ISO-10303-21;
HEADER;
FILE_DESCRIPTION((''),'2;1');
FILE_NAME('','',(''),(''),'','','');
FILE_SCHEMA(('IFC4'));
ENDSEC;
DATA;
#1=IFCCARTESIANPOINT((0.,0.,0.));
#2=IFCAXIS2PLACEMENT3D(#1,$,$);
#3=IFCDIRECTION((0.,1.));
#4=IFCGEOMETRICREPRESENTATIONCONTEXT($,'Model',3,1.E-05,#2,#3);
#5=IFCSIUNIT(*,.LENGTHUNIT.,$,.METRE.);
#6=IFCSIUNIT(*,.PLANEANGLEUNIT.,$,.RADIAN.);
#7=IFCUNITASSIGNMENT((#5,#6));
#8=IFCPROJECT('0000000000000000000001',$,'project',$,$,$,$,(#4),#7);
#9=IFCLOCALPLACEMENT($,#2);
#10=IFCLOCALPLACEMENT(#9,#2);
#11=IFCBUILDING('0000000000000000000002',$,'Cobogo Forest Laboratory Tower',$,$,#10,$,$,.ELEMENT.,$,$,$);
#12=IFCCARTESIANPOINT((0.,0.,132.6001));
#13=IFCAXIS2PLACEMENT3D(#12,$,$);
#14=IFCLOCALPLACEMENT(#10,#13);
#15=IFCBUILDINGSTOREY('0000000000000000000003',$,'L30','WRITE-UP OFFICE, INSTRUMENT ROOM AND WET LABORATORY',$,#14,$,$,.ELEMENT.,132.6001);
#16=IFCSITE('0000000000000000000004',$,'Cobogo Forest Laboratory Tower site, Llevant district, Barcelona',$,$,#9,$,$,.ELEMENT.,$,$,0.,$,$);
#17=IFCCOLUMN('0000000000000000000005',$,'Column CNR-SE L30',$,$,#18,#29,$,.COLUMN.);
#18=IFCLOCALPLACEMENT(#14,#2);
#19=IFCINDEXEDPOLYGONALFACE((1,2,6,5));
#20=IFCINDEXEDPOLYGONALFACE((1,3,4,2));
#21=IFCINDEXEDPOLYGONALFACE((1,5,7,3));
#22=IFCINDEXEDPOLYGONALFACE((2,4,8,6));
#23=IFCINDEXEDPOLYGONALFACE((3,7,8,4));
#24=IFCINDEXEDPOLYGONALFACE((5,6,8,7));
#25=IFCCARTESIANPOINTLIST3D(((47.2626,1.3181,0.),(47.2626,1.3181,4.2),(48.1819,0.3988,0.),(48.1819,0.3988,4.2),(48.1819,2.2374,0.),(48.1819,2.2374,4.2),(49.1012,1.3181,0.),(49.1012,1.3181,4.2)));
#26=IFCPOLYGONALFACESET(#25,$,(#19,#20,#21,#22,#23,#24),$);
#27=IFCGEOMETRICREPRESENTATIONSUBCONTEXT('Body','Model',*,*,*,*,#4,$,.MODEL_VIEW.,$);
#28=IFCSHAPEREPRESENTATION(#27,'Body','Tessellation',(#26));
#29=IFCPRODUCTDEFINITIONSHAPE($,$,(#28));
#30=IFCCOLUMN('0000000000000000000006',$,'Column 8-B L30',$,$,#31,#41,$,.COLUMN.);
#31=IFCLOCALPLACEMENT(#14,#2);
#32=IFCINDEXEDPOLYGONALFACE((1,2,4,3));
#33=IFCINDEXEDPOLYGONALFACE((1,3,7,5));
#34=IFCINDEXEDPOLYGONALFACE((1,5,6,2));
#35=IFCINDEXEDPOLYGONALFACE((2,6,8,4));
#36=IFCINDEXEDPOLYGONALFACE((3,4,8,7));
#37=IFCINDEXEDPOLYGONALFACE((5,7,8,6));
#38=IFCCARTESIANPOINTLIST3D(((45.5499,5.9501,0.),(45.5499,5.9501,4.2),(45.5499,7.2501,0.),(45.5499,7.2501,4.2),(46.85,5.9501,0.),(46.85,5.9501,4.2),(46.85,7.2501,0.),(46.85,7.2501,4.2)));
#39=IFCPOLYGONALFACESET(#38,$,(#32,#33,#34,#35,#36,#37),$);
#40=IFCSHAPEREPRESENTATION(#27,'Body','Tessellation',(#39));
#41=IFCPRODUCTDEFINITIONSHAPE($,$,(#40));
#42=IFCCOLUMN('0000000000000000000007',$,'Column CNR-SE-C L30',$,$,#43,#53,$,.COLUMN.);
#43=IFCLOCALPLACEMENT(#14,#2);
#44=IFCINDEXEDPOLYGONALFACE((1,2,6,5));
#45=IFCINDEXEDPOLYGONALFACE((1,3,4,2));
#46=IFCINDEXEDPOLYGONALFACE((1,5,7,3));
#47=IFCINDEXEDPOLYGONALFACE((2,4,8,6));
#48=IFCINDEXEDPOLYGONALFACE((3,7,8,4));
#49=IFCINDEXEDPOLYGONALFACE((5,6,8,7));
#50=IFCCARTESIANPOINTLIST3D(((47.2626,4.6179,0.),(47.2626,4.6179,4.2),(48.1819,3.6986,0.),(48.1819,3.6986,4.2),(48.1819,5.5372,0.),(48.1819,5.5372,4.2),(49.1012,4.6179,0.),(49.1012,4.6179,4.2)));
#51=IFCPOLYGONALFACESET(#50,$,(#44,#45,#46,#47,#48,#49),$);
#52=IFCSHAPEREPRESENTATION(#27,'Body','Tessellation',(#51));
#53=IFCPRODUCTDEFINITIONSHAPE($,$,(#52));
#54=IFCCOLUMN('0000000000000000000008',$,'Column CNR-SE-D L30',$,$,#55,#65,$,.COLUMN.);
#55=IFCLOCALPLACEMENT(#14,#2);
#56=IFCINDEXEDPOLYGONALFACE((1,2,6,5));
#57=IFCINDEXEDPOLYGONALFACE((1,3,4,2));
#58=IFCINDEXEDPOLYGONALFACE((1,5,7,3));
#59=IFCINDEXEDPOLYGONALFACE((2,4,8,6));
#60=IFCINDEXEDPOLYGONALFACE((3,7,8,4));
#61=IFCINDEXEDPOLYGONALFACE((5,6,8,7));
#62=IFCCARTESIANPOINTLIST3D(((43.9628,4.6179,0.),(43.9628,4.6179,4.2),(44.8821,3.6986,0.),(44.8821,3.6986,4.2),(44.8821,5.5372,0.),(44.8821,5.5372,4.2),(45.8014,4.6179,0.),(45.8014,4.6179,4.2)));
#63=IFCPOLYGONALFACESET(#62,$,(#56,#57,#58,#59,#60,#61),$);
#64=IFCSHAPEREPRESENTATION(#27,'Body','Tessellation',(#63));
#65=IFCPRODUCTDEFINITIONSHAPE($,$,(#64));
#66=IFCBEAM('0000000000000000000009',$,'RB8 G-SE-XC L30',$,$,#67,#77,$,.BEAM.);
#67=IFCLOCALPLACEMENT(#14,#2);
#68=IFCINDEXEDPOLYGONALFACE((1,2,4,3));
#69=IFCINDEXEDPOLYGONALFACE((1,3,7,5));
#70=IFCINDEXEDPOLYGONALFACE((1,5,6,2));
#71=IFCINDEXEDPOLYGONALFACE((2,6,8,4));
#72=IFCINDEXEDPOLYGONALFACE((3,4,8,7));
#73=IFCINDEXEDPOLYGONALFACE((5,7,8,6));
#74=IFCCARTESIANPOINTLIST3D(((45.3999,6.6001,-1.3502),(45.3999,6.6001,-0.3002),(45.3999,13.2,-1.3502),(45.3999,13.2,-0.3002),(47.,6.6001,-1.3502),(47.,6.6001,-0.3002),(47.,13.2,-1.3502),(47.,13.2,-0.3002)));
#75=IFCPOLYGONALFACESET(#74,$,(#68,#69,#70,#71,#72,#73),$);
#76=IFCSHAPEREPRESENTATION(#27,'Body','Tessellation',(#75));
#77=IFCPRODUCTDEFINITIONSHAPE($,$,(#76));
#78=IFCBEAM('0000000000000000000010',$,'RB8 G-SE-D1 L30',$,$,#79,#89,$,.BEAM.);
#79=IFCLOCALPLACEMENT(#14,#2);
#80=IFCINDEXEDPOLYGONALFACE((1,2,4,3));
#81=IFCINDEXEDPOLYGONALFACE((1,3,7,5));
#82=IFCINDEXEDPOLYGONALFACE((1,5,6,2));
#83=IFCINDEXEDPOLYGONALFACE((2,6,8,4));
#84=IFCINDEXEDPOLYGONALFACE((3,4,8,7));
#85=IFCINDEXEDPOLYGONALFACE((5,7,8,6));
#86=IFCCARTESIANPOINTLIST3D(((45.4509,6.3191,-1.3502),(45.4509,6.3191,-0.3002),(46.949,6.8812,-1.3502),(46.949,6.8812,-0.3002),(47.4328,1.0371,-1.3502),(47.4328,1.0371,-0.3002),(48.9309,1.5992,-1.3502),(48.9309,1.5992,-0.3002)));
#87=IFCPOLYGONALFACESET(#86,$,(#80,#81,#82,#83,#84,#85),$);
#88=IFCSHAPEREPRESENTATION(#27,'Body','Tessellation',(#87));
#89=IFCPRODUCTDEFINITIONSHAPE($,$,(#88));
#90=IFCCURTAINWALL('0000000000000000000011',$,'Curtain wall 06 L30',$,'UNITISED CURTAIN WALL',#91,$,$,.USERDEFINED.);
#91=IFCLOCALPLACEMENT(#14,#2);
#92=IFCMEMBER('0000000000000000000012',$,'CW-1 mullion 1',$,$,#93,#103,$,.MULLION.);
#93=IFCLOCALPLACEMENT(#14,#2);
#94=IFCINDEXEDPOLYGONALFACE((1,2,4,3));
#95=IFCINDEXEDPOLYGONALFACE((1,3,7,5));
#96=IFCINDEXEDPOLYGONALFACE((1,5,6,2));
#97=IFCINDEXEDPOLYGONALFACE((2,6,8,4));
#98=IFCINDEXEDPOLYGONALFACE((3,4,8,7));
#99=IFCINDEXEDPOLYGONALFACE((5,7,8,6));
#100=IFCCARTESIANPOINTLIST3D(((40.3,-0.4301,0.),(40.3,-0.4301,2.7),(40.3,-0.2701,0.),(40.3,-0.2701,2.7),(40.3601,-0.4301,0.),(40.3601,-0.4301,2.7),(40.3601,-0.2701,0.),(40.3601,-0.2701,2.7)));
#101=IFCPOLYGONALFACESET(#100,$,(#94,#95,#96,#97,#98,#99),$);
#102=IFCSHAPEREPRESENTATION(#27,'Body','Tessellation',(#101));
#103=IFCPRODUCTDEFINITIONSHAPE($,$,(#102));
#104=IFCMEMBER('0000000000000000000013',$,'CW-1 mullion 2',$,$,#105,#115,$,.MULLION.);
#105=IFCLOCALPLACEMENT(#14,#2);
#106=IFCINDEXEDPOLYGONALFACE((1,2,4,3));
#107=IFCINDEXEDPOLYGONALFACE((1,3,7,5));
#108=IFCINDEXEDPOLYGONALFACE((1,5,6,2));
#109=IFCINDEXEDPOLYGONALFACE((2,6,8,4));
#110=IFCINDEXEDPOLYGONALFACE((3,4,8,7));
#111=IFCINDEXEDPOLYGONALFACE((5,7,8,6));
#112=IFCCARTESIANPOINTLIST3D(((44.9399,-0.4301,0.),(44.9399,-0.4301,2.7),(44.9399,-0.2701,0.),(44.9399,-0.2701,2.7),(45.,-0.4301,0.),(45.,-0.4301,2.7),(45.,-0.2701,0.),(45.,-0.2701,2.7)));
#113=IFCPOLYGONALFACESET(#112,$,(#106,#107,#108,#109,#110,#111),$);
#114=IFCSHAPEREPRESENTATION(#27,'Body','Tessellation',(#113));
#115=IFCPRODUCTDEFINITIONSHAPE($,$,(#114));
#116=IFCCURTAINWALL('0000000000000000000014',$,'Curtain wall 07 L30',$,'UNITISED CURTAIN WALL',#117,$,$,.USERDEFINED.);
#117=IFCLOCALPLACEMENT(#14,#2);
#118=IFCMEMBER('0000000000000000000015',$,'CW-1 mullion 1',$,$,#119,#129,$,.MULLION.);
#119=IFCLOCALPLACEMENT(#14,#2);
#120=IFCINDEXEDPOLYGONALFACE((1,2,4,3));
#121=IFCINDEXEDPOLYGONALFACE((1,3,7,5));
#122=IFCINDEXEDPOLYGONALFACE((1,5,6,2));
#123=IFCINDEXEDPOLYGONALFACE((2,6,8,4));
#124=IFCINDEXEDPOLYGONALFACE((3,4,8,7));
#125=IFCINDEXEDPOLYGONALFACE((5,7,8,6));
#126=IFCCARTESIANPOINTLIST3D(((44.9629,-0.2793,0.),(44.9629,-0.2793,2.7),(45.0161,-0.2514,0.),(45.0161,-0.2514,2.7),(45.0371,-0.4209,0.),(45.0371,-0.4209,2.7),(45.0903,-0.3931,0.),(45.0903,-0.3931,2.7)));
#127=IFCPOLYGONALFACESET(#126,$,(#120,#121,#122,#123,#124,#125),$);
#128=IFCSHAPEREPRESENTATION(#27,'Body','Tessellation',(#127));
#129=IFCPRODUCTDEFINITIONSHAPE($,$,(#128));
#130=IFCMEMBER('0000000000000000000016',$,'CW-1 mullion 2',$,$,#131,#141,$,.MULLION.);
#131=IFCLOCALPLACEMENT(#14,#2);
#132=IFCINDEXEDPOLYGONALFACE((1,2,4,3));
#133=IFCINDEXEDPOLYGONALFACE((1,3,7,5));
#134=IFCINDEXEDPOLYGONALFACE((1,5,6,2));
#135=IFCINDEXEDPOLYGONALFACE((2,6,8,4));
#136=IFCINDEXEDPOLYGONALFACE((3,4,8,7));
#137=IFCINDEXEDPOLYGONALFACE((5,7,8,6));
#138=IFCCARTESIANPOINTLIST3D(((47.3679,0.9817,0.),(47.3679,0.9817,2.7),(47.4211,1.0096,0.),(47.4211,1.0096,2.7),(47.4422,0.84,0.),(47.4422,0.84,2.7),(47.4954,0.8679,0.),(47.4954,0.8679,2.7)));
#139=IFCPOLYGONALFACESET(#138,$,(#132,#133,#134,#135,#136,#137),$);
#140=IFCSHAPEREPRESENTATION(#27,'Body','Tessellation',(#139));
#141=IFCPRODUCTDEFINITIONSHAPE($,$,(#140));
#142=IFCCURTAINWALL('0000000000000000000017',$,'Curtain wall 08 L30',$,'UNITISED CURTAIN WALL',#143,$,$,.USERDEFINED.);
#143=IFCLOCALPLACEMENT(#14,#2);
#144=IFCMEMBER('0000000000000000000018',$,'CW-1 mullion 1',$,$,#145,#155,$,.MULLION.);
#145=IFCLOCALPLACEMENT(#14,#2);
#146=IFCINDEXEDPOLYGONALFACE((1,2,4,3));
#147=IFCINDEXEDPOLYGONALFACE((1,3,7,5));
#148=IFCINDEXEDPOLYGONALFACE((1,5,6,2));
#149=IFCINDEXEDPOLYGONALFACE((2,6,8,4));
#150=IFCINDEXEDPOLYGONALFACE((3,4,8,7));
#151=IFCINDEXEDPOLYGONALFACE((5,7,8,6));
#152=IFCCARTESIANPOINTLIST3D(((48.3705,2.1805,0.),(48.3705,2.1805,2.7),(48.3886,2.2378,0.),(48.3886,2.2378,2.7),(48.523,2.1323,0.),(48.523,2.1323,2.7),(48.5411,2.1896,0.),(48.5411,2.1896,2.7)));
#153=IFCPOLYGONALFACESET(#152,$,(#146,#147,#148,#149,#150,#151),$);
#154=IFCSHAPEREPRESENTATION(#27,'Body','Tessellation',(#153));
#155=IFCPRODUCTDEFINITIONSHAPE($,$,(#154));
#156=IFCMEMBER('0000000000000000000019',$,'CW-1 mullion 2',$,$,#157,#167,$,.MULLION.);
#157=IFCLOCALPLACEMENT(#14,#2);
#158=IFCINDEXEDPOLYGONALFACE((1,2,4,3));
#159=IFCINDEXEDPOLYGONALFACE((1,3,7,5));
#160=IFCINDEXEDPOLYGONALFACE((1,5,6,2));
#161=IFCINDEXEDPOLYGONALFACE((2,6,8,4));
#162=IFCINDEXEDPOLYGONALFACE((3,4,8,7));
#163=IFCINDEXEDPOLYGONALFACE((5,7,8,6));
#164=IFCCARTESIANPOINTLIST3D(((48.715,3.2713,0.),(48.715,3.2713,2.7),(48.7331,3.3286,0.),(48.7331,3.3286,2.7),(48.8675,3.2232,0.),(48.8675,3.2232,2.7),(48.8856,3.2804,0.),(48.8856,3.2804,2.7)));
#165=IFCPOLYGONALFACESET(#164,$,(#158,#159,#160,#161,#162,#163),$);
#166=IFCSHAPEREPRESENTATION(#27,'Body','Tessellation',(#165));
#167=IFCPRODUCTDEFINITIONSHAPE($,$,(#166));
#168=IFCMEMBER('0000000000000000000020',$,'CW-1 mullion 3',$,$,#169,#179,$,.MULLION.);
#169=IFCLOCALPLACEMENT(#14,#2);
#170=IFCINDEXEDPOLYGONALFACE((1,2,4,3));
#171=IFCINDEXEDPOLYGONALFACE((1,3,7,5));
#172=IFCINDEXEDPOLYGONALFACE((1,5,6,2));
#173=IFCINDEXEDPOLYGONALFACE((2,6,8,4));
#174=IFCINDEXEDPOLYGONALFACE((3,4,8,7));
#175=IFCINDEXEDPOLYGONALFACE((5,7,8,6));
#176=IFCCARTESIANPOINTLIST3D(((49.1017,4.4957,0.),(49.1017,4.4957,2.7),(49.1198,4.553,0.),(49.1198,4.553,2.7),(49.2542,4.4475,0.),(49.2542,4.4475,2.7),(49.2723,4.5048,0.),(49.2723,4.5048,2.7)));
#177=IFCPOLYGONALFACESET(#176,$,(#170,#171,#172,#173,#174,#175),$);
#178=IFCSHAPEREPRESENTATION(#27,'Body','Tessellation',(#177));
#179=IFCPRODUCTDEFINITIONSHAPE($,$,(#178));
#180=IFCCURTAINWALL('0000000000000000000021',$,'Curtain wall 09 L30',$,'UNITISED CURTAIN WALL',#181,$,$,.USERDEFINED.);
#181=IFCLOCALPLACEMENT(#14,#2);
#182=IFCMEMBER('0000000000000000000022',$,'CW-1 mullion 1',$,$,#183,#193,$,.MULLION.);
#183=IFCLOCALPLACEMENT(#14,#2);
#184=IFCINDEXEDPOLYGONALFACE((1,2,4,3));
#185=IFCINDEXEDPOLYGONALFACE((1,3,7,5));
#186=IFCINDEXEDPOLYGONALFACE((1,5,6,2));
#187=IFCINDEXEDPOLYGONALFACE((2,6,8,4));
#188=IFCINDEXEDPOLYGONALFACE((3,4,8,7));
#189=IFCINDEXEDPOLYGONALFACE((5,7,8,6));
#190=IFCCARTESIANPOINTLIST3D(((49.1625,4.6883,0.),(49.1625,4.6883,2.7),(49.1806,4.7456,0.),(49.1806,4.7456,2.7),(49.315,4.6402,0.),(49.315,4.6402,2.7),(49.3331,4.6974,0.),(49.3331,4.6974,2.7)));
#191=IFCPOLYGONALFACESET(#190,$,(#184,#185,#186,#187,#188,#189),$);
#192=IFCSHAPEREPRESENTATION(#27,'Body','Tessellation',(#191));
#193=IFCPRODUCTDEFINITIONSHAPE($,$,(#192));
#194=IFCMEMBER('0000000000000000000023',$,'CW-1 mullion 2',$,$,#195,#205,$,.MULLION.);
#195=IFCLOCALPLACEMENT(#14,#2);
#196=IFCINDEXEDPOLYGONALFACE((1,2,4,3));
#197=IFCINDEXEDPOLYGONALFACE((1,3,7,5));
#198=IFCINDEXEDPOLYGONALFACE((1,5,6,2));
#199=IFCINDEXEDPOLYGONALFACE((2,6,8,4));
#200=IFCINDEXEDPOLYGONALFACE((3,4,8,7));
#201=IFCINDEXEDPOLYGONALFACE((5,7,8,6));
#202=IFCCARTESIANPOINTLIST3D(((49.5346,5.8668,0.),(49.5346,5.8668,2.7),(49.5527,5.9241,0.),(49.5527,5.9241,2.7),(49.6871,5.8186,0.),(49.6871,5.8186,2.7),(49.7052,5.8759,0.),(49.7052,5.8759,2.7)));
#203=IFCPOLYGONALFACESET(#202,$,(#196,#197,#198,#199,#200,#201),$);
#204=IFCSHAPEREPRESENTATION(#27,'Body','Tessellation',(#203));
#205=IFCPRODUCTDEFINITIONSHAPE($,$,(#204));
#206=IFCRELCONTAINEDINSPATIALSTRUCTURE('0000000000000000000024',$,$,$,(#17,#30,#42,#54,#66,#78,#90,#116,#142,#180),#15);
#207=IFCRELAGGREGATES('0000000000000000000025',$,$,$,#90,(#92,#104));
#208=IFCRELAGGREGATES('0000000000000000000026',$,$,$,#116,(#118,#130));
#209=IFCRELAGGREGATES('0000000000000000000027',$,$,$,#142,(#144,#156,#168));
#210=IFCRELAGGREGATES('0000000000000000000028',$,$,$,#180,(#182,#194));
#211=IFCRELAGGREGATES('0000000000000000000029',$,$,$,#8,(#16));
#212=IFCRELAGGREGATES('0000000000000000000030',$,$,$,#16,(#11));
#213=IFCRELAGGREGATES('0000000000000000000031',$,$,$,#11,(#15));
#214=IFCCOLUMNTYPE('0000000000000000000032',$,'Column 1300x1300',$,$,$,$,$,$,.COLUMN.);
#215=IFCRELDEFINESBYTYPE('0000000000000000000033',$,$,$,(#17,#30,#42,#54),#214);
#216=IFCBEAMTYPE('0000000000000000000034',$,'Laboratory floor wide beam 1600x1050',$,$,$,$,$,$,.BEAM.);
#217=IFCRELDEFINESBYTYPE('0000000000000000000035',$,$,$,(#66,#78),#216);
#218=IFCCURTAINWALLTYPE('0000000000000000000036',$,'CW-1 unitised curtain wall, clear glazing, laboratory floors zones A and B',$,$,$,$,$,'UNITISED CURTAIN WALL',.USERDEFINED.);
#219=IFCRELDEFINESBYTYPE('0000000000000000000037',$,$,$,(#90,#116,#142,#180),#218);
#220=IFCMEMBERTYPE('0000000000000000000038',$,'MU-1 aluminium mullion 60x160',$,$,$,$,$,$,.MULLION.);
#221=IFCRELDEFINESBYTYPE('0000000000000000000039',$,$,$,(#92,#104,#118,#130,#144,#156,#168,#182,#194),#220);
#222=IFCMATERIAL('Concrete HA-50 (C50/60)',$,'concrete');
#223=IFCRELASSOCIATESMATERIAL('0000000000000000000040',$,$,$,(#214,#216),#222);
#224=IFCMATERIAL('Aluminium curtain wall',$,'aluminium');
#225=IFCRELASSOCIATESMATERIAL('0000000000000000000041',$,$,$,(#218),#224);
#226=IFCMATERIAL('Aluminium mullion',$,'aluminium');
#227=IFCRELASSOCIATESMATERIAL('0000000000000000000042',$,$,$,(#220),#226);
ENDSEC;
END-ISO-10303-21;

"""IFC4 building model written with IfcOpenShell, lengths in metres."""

from ifc_helpers import new_model, si_unit, direction, frame, origin, origin_2d, place, context, subcontext, project, spatial, rectangle, extrude, material, material_profile, profile_set, type_object, element, aggregate, save


model = new_model("IFC4")

# Units and contexts
model_context = context("Model", 3, precision=1e-05, world=origin(), true_north=direction((0.0, 1.0)))
body_context = subcontext(model_context, "Body", "Model", "MODEL_VIEW")
ifc_project = project(units=[si_unit("LENGTHUNIT", "METRE"), si_unit("PLANEANGLEUNIT", "RADIAN")], contexts=[model_context])

# Site, building, storey
site_placement = place(None, origin())
site = spatial("IfcSite", under=ifc_project, at=site_placement, Name="Cobogo Forest Laboratory Tower site, Llevant district, Barcelona", CompositionType="ELEMENT", RefElevation=0.0)
building_placement = place(site_placement, origin())
building = spatial("IfcBuilding", under=site, at=building_placement, Name="Cobogo Forest Laboratory Tower", CompositionType="ELEMENT")
storey_placement = place(building_placement, frame((0.0, 0.0, 132.6001)))
storey = spatial("IfcBuildingStorey", under=building, at=storey_placement, Name="L30", Description="WRITE-UP OFFICE, INSTRUMENT ROOM AND WET LABORATORY", CompositionType="ELEMENT", Elevation=132.6001)

# Columns
ifc_material_1 = material(Name="Concrete HA-50 (C50/60)", Category="concrete")
ifc_material_profile_1 = material_profile(ifc_material_1, rectangle(XDim=1.3, YDim=1.3, at=origin_2d()), Name="RC 1300x1300")
ifc_profile_set_1 = profile_set([ifc_material_profile_1], Name="Concrete HA-50 (C50/60)")
column_type = type_object("IfcColumnType", Name="Column 1300x1300", PredefinedType="COLUMN", material=ifc_profile_set_1)
for number, where, z_axis, x_axis, name in (
    (1, (48.1819, 1.3181, 0.0), (0.0, 0.0, 1.0), (0.707107, 0.707107, 0.0), "Column CNR-SE L30"),
    (2, (46.2, 6.6001, 0.0), (0.0, 0.0, 1.0), (1.0, 0.0, 0.0), "Column 8-B L30"),
    (3, (48.1819, 4.6179, 0.0), (0.0, 0.0, 1.0), (0.707107, 0.707107, 0.0), "Column CNR-SE-C L30"),
    (4, (44.8821, 4.6179, 0.0), (0.0, 0.0, 1.0), (0.707107, 0.707107, 0.0), "Column CNR-SE-D L30"),
):
    element("IfcColumn", number, at=place(storey_placement, frame(where, z_axis=z_axis, x_axis=x_axis)), inside=storey, type_object=column_type, Name=name, PredefinedType="COLUMN", context=body_context, shape_type="SweptSolid", body=[
        extrude(rectangle(XDim=1.3, YDim=1.3, at=origin_2d()), origin(), (0.0, 0.0, 1.0), 4.2),
    ])

# Beams
ifc_material_profile_2 = material_profile(ifc_material_1, rectangle(XDim=1.6001, YDim=1.05, at=origin_2d()), Name="RC 1600x1050")
ifc_profile_set_2 = profile_set([ifc_material_profile_2], Name="Concrete HA-50 (C50/60)")
beam_type_1 = type_object("IfcBeamType", Name="Laboratory floor wide beam 1600x1050", PredefinedType="BEAM", material=ifc_profile_set_2)
beam_1_placement = place(storey_placement, frame((46.2, 6.6001, -0.8252), z_axis=(0.0, 1.0, 0.0), x_axis=(-1.0, 0.0, 0.0)))
element("IfcBeam", 5, at=beam_1_placement, inside=storey, type_object=beam_type_1, Name="RB8 G-SE-XC L30", PredefinedType="BEAM", context=body_context, shape_type="SweptSolid", body=[
    extrude(rectangle(XDim=1.6001, YDim=1.05, at=origin_2d()), origin(), (0.0, 0.0, 1.0), 6.5999),
])
beam_2_placement = place(storey_placement, frame((48.1819, 1.3181, -0.8252), z_axis=(-0.351308, 0.93626, 0.0), x_axis=(-0.93626, -0.351308, 0.0)))
element("IfcBeam", 6, at=beam_2_placement, inside=storey, type_object=beam_type_1, Name="RB8 G-SE-D1 L30", PredefinedType="BEAM", context=body_context, shape_type="SweptSolid", body=[
    extrude(rectangle(XDim=1.6001, YDim=1.05, at=origin_2d()), origin(), (0.0, 0.0, 1.0), 5.6416),
])

# Curtain walls, members
ifc_material_2 = material(Name="Aluminium curtain wall", Category="aluminium")
curtain_wall_type = type_object("IfcCurtainWallType", Name="CW-1 unitised curtain wall, clear glazing, laboratory floors zones A and B", ElementType="UNITISED CURTAIN WALL", PredefinedType="USERDEFINED", material=ifc_material_2)
curtain_wall_1_placement = place(storey_placement, origin())
curtain_wall_1 = element("IfcCurtainWall", 7, at=curtain_wall_1_placement, inside=storey, type_object=curtain_wall_type, Name="Curtain wall 06 L30", ObjectType="UNITISED CURTAIN WALL", PredefinedType="USERDEFINED")
ifc_material_3 = material(Name="Aluminium mullion", Category="aluminium")
ifc_material_profile_3 = material_profile(ifc_material_3, rectangle(XDim=0.0601, YDim=0.1599, at=origin_2d()), Name="AL 60x160")
ifc_profile_set_3 = profile_set([ifc_material_profile_3], Name="Aluminium mullion")
member_type_1 = type_object("IfcMemberType", Name="MU-1 aluminium mullion 60x160", PredefinedType="MULLION", material=ifc_profile_set_3)
member_1_placement = place(storey_placement, frame((40.3301, -0.3501, 0.0), z_axis=(0.0, 0.0, 1.0), x_axis=(1.0, 0.0, 0.0)))
member_1 = element("IfcMember", 8, at=member_1_placement, type_object=member_type_1, Name="CW-1 mullion 1", PredefinedType="MULLION", context=body_context, shape_type="SweptSolid", body=[
    extrude(rectangle(XDim=0.0601, YDim=0.1599, at=origin_2d()), origin(), (0.0, 0.0, 1.0), 2.7),
])
member_2_placement = place(storey_placement, frame((44.97, -0.3501, 0.0), z_axis=(0.0, 0.0, 1.0), x_axis=(1.0, 0.0, 0.0)))
member_2 = element("IfcMember", 9, at=member_2_placement, type_object=member_type_1, Name="CW-1 mullion 2", PredefinedType="MULLION", context=body_context, shape_type="SweptSolid", body=[
    extrude(rectangle(XDim=0.0601, YDim=0.1599, at=origin_2d()), origin(), (0.0, 0.0, 1.0), 2.7),
])
curtain_wall_2_placement = place(storey_placement, origin())
curtain_wall_2 = element("IfcCurtainWall", 10, at=curtain_wall_2_placement, inside=storey, type_object=curtain_wall_type, Name="Curtain wall 07 L30", ObjectType="UNITISED CURTAIN WALL", PredefinedType="USERDEFINED")
member_3_placement = place(storey_placement, frame((45.0266, -0.3362, 0.0), z_axis=(0.0, 0.0, 1.0), x_axis=(0.885687, 0.464284, 0.0)))
member_3 = element("IfcMember", 11, at=member_3_placement, type_object=member_type_1, Name="CW-1 mullion 1", PredefinedType="MULLION", context=body_context, shape_type="SweptSolid", body=[
    extrude(rectangle(XDim=0.0601, YDim=0.1599, at=origin_2d()), origin(), (0.0, 0.0, 1.0), 2.7),
])
member_4_placement = place(storey_placement, frame((47.4316, 0.9248, 0.0), z_axis=(0.0, 0.0, 1.0), x_axis=(0.885687, 0.464284, 0.0)))
member_4 = element("IfcMember", 12, at=member_4_placement, type_object=member_type_1, Name="CW-1 mullion 2", PredefinedType="MULLION", context=body_context, shape_type="SweptSolid", body=[
    extrude(rectangle(XDim=0.0601, YDim=0.1599, at=origin_2d()), origin(), (0.0, 0.0, 1.0), 2.7),
])
curtain_wall_3_placement = place(storey_placement, origin())
curtain_wall_3 = element("IfcCurtainWall", 13, at=curtain_wall_3_placement, inside=storey, type_object=curtain_wall_type, Name="Curtain wall 08 L30", ObjectType="UNITISED CURTAIN WALL", PredefinedType="USERDEFINED")
member_5_placement = place(storey_placement, frame((48.4558, 2.1851, 0.0), z_axis=(0.0, 0.0, 1.0), x_axis=(0.301135, 0.953581, 0.0)))
member_5 = element("IfcMember", 14, at=member_5_placement, type_object=member_type_1, Name="CW-1 mullion 1", PredefinedType="MULLION", context=body_context, shape_type="SweptSolid", body=[
    extrude(rectangle(XDim=0.0601, YDim=0.1599, at=origin_2d()), origin(), (0.0, 0.0, 1.0), 2.7),
])
member_6_placement = place(storey_placement, frame((48.8003, 3.2759, 0.0), z_axis=(0.0, 0.0, 1.0), x_axis=(0.301135, 0.953581, 0.0)))
member_6 = element("IfcMember", 15, at=member_6_placement, type_object=member_type_1, Name="CW-1 mullion 2", PredefinedType="MULLION", context=body_context, shape_type="SweptSolid", body=[
    extrude(rectangle(XDim=0.0601, YDim=0.1599, at=origin_2d()), origin(), (0.0, 0.0, 1.0), 2.7),
])
member_7_placement = place(storey_placement, frame((49.187, 4.5002, 0.0), z_axis=(0.0, 0.0, 1.0), x_axis=(0.301135, 0.953581, 0.0)))
member_7 = element("IfcMember", 16, at=member_7_placement, type_object=member_type_1, Name="CW-1 mullion 3", PredefinedType="MULLION", context=body_context, shape_type="SweptSolid", body=[
    extrude(rectangle(XDim=0.0601, YDim=0.1599, at=origin_2d()), origin(), (0.0, 0.0, 1.0), 2.7),
])
curtain_wall_4_placement = place(storey_placement, origin())
curtain_wall_4 = element("IfcCurtainWall", 17, at=curtain_wall_4_placement, inside=storey, type_object=curtain_wall_type, Name="Curtain wall 09 L30", ObjectType="UNITISED CURTAIN WALL", PredefinedType="USERDEFINED")
member_8_placement = place(storey_placement, frame((49.2478, 4.6929, 0.0), z_axis=(0.0, 0.0, 1.0), x_axis=(0.301135, 0.953581, 0.0)))
member_8 = element("IfcMember", 18, at=member_8_placement, type_object=member_type_1, Name="CW-1 mullion 1", PredefinedType="MULLION", context=body_context, shape_type="SweptSolid", body=[
    extrude(rectangle(XDim=0.0601, YDim=0.1599, at=origin_2d()), origin(), (0.0, 0.0, 1.0), 2.7),
])
member_9_placement = place(storey_placement, frame((49.6199, 5.8713, 0.0), z_axis=(0.0, 0.0, 1.0), x_axis=(0.301135, 0.953581, 0.0)))
member_9 = element("IfcMember", 19, at=member_9_placement, type_object=member_type_1, Name="CW-1 mullion 2", PredefinedType="MULLION", context=body_context, shape_type="SweptSolid", body=[
    extrude(rectangle(XDim=0.0601, YDim=0.1599, at=origin_2d()), origin(), (0.0, 0.0, 1.0), 2.7),
])

aggregate(curtain_wall_1, [member_1, member_2])
aggregate(curtain_wall_2, [member_3, member_4])
aggregate(curtain_wall_3, [member_5, member_6, member_7])
aggregate(curtain_wall_4, [member_8, member_9])

save(model, "model.ifc")
